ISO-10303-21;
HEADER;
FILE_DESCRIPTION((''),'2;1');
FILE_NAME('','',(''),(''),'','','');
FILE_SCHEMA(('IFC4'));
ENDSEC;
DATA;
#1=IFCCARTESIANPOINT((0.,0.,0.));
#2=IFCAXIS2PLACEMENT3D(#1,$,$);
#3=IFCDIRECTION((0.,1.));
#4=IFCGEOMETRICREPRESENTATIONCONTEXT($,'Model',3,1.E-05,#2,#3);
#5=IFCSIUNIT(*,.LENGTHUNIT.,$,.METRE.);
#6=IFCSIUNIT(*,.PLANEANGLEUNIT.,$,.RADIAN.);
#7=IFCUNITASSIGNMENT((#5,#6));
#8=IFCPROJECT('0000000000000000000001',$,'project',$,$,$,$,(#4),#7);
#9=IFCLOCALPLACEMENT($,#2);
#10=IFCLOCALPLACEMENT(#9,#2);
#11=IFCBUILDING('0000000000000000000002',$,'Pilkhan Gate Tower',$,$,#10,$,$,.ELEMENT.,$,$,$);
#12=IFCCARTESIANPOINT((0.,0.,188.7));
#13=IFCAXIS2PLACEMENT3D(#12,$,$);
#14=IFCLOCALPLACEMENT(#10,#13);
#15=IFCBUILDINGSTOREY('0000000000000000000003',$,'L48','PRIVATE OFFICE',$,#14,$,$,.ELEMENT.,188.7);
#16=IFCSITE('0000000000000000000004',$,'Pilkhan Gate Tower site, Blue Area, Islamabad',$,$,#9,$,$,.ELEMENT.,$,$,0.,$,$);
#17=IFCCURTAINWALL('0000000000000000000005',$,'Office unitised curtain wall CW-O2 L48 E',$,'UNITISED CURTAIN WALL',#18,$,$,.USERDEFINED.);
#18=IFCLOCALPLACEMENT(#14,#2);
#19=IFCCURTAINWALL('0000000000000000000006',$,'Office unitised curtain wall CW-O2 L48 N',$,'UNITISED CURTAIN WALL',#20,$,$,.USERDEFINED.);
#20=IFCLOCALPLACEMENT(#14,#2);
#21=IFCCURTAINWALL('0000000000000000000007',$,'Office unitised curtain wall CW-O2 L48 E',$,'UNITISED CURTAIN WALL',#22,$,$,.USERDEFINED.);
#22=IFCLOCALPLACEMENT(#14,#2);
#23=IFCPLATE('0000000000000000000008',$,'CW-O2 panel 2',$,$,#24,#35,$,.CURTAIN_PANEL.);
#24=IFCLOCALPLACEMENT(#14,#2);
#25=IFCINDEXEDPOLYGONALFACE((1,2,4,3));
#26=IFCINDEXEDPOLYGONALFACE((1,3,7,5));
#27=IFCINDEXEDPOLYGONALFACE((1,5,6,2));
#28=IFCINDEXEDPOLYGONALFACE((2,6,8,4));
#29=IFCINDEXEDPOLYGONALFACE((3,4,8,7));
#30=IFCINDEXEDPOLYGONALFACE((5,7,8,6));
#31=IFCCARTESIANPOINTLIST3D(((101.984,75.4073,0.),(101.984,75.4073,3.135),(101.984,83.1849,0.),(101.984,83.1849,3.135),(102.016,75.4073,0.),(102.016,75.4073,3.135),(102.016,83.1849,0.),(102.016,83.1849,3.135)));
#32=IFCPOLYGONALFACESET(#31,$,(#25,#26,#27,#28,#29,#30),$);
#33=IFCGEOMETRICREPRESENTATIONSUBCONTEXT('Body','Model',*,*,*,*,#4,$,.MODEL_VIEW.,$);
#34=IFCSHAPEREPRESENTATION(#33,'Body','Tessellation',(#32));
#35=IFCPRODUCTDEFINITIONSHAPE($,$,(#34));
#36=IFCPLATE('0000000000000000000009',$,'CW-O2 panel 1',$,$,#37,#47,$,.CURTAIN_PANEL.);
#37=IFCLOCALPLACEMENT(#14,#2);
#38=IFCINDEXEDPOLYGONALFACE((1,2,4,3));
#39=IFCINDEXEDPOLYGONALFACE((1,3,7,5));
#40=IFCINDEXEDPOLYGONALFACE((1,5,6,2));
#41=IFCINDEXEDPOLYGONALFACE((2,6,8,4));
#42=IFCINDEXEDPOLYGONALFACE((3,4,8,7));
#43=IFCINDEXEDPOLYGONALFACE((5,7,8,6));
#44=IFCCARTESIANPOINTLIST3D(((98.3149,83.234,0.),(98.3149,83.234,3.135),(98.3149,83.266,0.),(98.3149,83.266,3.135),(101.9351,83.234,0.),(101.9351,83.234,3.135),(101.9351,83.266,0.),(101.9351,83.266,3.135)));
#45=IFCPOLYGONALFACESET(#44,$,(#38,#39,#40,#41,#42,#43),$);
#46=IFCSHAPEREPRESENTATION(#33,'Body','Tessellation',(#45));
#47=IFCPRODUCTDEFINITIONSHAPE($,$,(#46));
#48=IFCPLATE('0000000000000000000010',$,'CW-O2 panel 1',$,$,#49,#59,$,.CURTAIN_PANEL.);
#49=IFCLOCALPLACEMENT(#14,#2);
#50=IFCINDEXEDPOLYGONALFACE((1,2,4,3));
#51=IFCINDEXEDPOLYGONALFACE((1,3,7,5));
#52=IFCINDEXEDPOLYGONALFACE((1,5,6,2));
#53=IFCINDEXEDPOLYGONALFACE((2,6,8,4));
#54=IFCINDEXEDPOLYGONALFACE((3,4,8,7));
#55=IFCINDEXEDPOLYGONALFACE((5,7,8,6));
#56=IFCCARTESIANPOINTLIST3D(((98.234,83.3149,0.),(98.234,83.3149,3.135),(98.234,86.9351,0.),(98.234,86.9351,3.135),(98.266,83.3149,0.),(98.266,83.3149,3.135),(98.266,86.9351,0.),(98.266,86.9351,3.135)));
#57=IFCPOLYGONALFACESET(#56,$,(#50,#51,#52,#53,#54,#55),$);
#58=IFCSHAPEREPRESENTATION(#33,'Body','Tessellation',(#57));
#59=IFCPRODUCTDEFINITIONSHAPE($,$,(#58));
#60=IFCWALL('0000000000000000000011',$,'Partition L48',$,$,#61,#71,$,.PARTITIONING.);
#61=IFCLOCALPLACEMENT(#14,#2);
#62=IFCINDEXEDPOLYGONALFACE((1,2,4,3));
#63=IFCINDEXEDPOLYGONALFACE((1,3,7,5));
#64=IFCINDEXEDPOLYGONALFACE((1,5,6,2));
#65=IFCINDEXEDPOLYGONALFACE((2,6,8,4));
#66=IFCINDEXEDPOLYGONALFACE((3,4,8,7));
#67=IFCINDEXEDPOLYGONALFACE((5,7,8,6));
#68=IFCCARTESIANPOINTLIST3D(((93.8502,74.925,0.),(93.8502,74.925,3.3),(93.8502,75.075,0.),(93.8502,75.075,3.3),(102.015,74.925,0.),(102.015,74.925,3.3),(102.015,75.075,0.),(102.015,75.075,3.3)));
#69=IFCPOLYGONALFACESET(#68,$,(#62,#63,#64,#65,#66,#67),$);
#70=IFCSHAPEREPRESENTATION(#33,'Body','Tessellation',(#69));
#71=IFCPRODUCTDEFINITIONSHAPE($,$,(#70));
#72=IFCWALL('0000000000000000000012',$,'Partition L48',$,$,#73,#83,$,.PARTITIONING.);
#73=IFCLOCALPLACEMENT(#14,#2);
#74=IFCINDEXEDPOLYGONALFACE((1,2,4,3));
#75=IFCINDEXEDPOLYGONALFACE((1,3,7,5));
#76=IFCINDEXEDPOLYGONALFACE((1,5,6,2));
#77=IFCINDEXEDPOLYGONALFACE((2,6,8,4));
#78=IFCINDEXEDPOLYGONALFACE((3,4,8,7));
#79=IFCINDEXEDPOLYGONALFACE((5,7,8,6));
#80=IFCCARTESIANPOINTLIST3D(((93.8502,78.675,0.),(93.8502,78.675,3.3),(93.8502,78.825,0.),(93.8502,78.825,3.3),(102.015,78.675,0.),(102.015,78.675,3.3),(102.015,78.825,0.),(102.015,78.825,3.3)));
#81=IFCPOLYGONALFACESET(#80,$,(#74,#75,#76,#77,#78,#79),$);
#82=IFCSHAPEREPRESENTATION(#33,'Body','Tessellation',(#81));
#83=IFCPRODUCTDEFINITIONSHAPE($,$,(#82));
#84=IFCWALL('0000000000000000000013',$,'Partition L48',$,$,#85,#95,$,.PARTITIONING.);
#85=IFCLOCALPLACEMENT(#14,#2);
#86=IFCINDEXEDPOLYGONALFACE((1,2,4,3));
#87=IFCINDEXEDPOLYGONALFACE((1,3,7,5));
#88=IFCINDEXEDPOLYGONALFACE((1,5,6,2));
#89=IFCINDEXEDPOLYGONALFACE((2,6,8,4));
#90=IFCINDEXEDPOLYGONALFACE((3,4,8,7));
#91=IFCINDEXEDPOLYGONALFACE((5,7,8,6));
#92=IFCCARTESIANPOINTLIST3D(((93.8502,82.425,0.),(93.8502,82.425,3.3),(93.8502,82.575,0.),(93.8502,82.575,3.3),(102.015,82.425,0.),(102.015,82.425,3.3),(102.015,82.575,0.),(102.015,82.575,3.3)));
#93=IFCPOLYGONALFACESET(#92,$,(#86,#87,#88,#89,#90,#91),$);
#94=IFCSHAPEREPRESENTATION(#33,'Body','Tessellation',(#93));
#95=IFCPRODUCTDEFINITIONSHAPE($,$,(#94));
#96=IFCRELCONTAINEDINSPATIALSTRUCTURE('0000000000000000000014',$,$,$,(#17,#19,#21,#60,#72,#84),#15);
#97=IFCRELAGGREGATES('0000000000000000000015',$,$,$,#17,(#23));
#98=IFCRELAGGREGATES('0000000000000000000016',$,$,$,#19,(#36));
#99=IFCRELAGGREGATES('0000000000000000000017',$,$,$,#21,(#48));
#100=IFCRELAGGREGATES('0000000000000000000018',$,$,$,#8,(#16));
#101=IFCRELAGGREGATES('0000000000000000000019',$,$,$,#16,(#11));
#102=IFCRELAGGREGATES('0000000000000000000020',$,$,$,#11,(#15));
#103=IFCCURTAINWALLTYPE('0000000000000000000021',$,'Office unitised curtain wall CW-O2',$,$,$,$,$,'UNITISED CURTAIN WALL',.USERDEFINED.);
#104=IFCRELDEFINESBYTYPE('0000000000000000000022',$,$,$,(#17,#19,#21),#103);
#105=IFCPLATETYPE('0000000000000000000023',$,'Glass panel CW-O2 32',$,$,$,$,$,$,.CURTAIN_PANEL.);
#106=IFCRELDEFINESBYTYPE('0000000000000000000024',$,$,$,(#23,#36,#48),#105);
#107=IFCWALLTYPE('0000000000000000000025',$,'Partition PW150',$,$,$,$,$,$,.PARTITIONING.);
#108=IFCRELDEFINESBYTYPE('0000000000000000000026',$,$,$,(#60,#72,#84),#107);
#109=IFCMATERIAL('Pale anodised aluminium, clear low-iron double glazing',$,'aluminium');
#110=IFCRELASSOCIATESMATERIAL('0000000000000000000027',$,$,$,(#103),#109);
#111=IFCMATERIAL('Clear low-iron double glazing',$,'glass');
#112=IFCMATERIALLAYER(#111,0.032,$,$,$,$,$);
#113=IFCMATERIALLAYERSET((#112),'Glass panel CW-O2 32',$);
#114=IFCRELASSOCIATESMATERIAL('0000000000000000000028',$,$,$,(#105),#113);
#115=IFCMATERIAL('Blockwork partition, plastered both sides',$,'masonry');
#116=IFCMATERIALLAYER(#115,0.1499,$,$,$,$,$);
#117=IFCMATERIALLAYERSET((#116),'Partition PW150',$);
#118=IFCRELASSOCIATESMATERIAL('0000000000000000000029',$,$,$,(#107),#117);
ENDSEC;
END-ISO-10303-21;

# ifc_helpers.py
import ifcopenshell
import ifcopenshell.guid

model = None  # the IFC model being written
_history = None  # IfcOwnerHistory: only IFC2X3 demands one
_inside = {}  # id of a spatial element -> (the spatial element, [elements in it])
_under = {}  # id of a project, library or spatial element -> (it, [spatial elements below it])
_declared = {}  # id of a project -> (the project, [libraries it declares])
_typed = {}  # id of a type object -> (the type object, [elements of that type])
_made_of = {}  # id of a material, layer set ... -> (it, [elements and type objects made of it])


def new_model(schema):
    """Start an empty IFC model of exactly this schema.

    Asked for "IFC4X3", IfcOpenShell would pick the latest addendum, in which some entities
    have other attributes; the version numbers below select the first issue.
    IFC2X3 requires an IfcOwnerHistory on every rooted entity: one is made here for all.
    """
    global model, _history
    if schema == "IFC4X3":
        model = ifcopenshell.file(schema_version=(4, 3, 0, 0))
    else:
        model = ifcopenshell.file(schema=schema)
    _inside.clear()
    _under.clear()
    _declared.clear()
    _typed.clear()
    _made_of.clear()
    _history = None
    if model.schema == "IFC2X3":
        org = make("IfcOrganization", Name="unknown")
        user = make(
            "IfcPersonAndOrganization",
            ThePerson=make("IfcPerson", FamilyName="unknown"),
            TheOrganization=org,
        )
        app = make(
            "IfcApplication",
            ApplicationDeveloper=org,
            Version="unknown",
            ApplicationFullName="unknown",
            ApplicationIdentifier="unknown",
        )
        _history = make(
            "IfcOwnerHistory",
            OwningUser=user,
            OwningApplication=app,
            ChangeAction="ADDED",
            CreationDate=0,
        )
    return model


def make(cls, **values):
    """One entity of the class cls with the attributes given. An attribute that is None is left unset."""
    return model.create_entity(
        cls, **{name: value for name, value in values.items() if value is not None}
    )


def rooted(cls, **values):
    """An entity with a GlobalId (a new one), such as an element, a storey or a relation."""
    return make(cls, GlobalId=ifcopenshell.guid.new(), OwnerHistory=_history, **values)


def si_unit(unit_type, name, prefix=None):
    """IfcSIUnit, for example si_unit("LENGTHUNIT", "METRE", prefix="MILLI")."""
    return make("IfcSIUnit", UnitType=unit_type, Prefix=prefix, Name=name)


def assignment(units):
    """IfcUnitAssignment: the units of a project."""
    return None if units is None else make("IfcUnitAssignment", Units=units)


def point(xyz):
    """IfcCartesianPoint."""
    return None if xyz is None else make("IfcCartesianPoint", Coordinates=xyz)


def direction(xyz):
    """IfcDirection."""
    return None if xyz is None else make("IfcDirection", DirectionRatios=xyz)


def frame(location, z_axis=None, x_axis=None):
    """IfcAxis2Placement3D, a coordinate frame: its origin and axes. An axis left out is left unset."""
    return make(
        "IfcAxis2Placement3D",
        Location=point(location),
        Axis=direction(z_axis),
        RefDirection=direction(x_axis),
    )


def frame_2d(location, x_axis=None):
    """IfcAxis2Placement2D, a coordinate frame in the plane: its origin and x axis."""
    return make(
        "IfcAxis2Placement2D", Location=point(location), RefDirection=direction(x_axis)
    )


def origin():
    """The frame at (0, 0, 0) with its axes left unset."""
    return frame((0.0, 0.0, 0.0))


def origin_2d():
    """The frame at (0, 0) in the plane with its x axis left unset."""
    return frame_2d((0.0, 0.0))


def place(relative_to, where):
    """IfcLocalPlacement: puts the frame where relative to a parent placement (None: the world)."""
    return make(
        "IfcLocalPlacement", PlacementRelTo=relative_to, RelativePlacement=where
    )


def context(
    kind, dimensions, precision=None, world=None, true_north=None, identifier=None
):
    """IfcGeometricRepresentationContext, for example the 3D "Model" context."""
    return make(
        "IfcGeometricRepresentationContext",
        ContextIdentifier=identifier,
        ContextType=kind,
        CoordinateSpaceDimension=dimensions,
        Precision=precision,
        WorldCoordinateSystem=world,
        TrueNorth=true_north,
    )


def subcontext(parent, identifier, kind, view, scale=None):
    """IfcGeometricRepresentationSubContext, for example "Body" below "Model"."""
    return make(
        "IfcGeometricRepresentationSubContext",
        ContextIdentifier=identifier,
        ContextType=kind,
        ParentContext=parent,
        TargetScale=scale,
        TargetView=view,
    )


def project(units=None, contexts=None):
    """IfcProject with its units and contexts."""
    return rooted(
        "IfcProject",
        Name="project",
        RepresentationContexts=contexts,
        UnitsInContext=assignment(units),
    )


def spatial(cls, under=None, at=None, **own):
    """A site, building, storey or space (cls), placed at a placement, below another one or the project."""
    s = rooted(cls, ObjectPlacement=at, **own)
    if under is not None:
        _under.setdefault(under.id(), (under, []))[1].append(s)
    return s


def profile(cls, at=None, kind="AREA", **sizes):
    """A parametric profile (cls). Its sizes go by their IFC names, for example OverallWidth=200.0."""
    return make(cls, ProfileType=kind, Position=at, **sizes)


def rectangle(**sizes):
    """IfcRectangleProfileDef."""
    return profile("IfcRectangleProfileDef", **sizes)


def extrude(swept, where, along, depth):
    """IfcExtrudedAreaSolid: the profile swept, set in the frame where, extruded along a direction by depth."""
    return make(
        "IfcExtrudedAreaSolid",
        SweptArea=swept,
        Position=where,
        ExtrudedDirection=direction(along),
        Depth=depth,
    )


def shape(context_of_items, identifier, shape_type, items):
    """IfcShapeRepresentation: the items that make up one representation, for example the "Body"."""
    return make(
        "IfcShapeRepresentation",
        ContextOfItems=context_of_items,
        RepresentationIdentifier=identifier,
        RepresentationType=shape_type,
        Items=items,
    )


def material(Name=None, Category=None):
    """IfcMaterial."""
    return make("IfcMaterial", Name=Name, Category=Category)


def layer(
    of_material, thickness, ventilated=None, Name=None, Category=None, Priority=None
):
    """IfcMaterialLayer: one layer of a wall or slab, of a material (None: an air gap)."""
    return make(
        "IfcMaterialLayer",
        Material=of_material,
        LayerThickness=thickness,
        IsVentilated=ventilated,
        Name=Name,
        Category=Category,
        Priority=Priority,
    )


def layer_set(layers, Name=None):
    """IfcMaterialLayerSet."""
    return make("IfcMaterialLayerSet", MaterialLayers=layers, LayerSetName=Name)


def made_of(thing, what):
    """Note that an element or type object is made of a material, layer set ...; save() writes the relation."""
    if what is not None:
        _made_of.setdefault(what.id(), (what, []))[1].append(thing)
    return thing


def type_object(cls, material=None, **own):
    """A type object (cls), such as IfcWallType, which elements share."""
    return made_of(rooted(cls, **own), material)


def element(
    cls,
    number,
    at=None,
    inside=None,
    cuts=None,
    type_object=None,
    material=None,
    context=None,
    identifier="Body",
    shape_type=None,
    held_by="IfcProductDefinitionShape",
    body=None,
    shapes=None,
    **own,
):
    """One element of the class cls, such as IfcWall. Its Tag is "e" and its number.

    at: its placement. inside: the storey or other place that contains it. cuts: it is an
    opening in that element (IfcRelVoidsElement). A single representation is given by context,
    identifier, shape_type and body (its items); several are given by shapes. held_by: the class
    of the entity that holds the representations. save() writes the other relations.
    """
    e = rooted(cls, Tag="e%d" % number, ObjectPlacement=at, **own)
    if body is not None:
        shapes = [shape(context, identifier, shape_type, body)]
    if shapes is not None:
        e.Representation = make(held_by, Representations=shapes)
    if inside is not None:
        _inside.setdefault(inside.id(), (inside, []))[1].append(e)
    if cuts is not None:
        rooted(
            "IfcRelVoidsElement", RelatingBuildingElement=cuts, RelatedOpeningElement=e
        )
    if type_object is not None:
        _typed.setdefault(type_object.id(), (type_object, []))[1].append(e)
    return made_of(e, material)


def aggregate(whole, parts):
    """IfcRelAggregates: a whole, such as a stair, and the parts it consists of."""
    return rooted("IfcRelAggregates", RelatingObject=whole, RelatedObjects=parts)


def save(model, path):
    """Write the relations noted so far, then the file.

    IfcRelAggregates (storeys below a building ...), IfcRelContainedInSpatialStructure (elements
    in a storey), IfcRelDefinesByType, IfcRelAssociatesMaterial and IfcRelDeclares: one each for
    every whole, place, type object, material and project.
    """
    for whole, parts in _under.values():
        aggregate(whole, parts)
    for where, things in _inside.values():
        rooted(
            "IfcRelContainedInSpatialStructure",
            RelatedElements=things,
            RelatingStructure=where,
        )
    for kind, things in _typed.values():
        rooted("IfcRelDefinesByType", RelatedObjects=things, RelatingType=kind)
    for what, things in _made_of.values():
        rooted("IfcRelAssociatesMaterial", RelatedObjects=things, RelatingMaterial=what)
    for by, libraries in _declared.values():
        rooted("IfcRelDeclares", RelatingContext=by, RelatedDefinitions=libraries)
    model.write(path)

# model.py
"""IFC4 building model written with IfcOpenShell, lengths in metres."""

from ifc_helpers import new_model, si_unit, direction, frame, frame_2d, origin, origin_2d, place, context, subcontext, project, spatial, rectangle, extrude, material, layer, layer_set, type_object, element, aggregate, save


model = new_model("IFC4")

# Units and contexts
model_context = context("Model", 3, precision=1e-05, world=origin(), true_north=direction((0.0, 1.0)))
body_context = subcontext(model_context, "Body", "Model", "MODEL_VIEW")
ifc_project = project(units=[si_unit("LENGTHUNIT", "METRE"), si_unit("PLANEANGLEUNIT", "RADIAN")], contexts=[model_context])

# Site, building, storey
site_placement = place(None, origin())
site = spatial("IfcSite", under=ifc_project, at=site_placement, Name="Pilkhan Gate Tower site, Blue Area, Islamabad", CompositionType="ELEMENT", RefElevation=0.0)
building_placement = place(site_placement, origin())
building = spatial("IfcBuilding", under=site, at=building_placement, Name="Pilkhan Gate Tower", CompositionType="ELEMENT")
storey_placement = place(building_placement, frame((0.0, 0.0, 188.7)))
storey = spatial("IfcBuildingStorey", under=building, at=storey_placement, Name="L48", Description="PRIVATE OFFICE", CompositionType="ELEMENT", Elevation=188.7)

# Curtain walls
ifc_material_1 = material(Name="Pale anodised aluminium, clear low-iron double glazing", Category="aluminium")
curtain_wall_type = type_object("IfcCurtainWallType", Name="Office unitised curtain wall CW-O2", ElementType="UNITISED CURTAIN WALL", PredefinedType="USERDEFINED", material=ifc_material_1)
curtain_wall_1_placement = place(storey_placement, origin())
curtain_wall_1 = element("IfcCurtainWall", 1, at=curtain_wall_1_placement, inside=storey, type_object=curtain_wall_type, Name="Office unitised curtain wall CW-O2 L48 E", ObjectType="UNITISED CURTAIN WALL", PredefinedType="USERDEFINED")
curtain_wall_2_placement = place(storey_placement, origin())
curtain_wall_2 = element("IfcCurtainWall", 2, at=curtain_wall_2_placement, inside=storey, type_object=curtain_wall_type, Name="Office unitised curtain wall CW-O2 L48 N", ObjectType="UNITISED CURTAIN WALL", PredefinedType="USERDEFINED")
curtain_wall_3_placement = place(storey_placement, origin())
curtain_wall_3 = element("IfcCurtainWall", 3, at=curtain_wall_3_placement, inside=storey, type_object=curtain_wall_type, Name="Office unitised curtain wall CW-O2 L48 E", ObjectType="UNITISED CURTAIN WALL", PredefinedType="USERDEFINED")

# Plates
ifc_material_2 = material(Name="Clear low-iron double glazing", Category="glass")
ifc_layer_1 = layer(ifc_material_2, 0.032)
ifc_layer_set_1 = layer_set([ifc_layer_1], Name="Glass panel CW-O2 32")
plate_type = type_object("IfcPlateType", Name="Glass panel CW-O2 32", PredefinedType="CURTAIN_PANEL", material=ifc_layer_set_1)
plate_1_placement = place(storey_placement, frame((102.0, 79.2961, 0.0), z_axis=(0.0, 0.0, 1.0), x_axis=(0.0, 1.0, 0.0)))
plate_1 = element("IfcPlate", 4, at=plate_1_placement, type_object=plate_type, Name="CW-O2 panel 2", PredefinedType="CURTAIN_PANEL", context=body_context, shape_type="SweptSolid", body=[
    extrude(rectangle(XDim=7.7776, YDim=0.032, at=origin_2d()), origin(), (0.0, 0.0, 1.0), 3.135),
])
aggregate(curtain_wall_1, [plate_1])
plate_2_placement = place(storey_placement, frame((100.125, 83.25, 0.0), z_axis=(0.0, 0.0, 1.0), x_axis=(1.0, 0.0, 0.0)))
plate_2 = element("IfcPlate", 5, at=plate_2_placement, type_object=plate_type, Name="CW-O2 panel 1", PredefinedType="CURTAIN_PANEL", context=body_context, shape_type="SweptSolid", body=[
    extrude(rectangle(XDim=3.6201, YDim=0.032, at=origin_2d()), origin(), (0.0, 0.0, 1.0), 3.135),
])
aggregate(curtain_wall_2, [plate_2])
plate_3_placement = place(storey_placement, frame((98.25, 85.125, 0.0), z_axis=(0.0, 0.0, 1.0), x_axis=(0.0, 1.0, 0.0)))
plate_3 = element("IfcPlate", 6, at=plate_3_placement, type_object=plate_type, Name="CW-O2 panel 1", PredefinedType="CURTAIN_PANEL", context=body_context, shape_type="SweptSolid", body=[
    extrude(rectangle(XDim=3.6201, YDim=0.032, at=origin_2d()), origin(), (0.0, 0.0, 1.0), 3.135),
])
aggregate(curtain_wall_3, [plate_3])

# Walls
ifc_material_3 = material(Name="Blockwork partition, plastered both sides", Category="masonry")
ifc_layer_2 = layer(ifc_material_3, 0.1499)
ifc_layer_set_2 = layer_set([ifc_layer_2], Name="Partition PW150")
wall_type = type_object("IfcWallType", Name="Partition PW150", PredefinedType="PARTITIONING", material=ifc_layer_set_2)
for number, where, z_axis, x_axis, name in (
    (7, (93.8501, 75.0, 0.0), (0.0, 0.0, 1.0), (1.0, 0.0, 0.0), "Partition L48"),
    (8, (93.8501, 78.75, 0.0), (0.0, 0.0, 1.0), (1.0, 0.0, 0.0), "Partition L48"),
    (9, (93.8501, 82.5, 0.0), (0.0, 0.0, 1.0), (1.0, 0.0, 0.0), "Partition L48"),
):
    element("IfcWall", number, at=place(storey_placement, frame(where, z_axis=z_axis, x_axis=x_axis)), inside=storey, type_object=wall_type, Name=name, PredefinedType="PARTITIONING", context=body_context, shape_type="SweptSolid", body=[
        extrude(rectangle(XDim=8.1648, YDim=0.1499, at=frame_2d((4.0825, 0.0))), origin(), (0.0, 0.0, 1.0), 3.3),
    ])

save(model, "model.ifc")
